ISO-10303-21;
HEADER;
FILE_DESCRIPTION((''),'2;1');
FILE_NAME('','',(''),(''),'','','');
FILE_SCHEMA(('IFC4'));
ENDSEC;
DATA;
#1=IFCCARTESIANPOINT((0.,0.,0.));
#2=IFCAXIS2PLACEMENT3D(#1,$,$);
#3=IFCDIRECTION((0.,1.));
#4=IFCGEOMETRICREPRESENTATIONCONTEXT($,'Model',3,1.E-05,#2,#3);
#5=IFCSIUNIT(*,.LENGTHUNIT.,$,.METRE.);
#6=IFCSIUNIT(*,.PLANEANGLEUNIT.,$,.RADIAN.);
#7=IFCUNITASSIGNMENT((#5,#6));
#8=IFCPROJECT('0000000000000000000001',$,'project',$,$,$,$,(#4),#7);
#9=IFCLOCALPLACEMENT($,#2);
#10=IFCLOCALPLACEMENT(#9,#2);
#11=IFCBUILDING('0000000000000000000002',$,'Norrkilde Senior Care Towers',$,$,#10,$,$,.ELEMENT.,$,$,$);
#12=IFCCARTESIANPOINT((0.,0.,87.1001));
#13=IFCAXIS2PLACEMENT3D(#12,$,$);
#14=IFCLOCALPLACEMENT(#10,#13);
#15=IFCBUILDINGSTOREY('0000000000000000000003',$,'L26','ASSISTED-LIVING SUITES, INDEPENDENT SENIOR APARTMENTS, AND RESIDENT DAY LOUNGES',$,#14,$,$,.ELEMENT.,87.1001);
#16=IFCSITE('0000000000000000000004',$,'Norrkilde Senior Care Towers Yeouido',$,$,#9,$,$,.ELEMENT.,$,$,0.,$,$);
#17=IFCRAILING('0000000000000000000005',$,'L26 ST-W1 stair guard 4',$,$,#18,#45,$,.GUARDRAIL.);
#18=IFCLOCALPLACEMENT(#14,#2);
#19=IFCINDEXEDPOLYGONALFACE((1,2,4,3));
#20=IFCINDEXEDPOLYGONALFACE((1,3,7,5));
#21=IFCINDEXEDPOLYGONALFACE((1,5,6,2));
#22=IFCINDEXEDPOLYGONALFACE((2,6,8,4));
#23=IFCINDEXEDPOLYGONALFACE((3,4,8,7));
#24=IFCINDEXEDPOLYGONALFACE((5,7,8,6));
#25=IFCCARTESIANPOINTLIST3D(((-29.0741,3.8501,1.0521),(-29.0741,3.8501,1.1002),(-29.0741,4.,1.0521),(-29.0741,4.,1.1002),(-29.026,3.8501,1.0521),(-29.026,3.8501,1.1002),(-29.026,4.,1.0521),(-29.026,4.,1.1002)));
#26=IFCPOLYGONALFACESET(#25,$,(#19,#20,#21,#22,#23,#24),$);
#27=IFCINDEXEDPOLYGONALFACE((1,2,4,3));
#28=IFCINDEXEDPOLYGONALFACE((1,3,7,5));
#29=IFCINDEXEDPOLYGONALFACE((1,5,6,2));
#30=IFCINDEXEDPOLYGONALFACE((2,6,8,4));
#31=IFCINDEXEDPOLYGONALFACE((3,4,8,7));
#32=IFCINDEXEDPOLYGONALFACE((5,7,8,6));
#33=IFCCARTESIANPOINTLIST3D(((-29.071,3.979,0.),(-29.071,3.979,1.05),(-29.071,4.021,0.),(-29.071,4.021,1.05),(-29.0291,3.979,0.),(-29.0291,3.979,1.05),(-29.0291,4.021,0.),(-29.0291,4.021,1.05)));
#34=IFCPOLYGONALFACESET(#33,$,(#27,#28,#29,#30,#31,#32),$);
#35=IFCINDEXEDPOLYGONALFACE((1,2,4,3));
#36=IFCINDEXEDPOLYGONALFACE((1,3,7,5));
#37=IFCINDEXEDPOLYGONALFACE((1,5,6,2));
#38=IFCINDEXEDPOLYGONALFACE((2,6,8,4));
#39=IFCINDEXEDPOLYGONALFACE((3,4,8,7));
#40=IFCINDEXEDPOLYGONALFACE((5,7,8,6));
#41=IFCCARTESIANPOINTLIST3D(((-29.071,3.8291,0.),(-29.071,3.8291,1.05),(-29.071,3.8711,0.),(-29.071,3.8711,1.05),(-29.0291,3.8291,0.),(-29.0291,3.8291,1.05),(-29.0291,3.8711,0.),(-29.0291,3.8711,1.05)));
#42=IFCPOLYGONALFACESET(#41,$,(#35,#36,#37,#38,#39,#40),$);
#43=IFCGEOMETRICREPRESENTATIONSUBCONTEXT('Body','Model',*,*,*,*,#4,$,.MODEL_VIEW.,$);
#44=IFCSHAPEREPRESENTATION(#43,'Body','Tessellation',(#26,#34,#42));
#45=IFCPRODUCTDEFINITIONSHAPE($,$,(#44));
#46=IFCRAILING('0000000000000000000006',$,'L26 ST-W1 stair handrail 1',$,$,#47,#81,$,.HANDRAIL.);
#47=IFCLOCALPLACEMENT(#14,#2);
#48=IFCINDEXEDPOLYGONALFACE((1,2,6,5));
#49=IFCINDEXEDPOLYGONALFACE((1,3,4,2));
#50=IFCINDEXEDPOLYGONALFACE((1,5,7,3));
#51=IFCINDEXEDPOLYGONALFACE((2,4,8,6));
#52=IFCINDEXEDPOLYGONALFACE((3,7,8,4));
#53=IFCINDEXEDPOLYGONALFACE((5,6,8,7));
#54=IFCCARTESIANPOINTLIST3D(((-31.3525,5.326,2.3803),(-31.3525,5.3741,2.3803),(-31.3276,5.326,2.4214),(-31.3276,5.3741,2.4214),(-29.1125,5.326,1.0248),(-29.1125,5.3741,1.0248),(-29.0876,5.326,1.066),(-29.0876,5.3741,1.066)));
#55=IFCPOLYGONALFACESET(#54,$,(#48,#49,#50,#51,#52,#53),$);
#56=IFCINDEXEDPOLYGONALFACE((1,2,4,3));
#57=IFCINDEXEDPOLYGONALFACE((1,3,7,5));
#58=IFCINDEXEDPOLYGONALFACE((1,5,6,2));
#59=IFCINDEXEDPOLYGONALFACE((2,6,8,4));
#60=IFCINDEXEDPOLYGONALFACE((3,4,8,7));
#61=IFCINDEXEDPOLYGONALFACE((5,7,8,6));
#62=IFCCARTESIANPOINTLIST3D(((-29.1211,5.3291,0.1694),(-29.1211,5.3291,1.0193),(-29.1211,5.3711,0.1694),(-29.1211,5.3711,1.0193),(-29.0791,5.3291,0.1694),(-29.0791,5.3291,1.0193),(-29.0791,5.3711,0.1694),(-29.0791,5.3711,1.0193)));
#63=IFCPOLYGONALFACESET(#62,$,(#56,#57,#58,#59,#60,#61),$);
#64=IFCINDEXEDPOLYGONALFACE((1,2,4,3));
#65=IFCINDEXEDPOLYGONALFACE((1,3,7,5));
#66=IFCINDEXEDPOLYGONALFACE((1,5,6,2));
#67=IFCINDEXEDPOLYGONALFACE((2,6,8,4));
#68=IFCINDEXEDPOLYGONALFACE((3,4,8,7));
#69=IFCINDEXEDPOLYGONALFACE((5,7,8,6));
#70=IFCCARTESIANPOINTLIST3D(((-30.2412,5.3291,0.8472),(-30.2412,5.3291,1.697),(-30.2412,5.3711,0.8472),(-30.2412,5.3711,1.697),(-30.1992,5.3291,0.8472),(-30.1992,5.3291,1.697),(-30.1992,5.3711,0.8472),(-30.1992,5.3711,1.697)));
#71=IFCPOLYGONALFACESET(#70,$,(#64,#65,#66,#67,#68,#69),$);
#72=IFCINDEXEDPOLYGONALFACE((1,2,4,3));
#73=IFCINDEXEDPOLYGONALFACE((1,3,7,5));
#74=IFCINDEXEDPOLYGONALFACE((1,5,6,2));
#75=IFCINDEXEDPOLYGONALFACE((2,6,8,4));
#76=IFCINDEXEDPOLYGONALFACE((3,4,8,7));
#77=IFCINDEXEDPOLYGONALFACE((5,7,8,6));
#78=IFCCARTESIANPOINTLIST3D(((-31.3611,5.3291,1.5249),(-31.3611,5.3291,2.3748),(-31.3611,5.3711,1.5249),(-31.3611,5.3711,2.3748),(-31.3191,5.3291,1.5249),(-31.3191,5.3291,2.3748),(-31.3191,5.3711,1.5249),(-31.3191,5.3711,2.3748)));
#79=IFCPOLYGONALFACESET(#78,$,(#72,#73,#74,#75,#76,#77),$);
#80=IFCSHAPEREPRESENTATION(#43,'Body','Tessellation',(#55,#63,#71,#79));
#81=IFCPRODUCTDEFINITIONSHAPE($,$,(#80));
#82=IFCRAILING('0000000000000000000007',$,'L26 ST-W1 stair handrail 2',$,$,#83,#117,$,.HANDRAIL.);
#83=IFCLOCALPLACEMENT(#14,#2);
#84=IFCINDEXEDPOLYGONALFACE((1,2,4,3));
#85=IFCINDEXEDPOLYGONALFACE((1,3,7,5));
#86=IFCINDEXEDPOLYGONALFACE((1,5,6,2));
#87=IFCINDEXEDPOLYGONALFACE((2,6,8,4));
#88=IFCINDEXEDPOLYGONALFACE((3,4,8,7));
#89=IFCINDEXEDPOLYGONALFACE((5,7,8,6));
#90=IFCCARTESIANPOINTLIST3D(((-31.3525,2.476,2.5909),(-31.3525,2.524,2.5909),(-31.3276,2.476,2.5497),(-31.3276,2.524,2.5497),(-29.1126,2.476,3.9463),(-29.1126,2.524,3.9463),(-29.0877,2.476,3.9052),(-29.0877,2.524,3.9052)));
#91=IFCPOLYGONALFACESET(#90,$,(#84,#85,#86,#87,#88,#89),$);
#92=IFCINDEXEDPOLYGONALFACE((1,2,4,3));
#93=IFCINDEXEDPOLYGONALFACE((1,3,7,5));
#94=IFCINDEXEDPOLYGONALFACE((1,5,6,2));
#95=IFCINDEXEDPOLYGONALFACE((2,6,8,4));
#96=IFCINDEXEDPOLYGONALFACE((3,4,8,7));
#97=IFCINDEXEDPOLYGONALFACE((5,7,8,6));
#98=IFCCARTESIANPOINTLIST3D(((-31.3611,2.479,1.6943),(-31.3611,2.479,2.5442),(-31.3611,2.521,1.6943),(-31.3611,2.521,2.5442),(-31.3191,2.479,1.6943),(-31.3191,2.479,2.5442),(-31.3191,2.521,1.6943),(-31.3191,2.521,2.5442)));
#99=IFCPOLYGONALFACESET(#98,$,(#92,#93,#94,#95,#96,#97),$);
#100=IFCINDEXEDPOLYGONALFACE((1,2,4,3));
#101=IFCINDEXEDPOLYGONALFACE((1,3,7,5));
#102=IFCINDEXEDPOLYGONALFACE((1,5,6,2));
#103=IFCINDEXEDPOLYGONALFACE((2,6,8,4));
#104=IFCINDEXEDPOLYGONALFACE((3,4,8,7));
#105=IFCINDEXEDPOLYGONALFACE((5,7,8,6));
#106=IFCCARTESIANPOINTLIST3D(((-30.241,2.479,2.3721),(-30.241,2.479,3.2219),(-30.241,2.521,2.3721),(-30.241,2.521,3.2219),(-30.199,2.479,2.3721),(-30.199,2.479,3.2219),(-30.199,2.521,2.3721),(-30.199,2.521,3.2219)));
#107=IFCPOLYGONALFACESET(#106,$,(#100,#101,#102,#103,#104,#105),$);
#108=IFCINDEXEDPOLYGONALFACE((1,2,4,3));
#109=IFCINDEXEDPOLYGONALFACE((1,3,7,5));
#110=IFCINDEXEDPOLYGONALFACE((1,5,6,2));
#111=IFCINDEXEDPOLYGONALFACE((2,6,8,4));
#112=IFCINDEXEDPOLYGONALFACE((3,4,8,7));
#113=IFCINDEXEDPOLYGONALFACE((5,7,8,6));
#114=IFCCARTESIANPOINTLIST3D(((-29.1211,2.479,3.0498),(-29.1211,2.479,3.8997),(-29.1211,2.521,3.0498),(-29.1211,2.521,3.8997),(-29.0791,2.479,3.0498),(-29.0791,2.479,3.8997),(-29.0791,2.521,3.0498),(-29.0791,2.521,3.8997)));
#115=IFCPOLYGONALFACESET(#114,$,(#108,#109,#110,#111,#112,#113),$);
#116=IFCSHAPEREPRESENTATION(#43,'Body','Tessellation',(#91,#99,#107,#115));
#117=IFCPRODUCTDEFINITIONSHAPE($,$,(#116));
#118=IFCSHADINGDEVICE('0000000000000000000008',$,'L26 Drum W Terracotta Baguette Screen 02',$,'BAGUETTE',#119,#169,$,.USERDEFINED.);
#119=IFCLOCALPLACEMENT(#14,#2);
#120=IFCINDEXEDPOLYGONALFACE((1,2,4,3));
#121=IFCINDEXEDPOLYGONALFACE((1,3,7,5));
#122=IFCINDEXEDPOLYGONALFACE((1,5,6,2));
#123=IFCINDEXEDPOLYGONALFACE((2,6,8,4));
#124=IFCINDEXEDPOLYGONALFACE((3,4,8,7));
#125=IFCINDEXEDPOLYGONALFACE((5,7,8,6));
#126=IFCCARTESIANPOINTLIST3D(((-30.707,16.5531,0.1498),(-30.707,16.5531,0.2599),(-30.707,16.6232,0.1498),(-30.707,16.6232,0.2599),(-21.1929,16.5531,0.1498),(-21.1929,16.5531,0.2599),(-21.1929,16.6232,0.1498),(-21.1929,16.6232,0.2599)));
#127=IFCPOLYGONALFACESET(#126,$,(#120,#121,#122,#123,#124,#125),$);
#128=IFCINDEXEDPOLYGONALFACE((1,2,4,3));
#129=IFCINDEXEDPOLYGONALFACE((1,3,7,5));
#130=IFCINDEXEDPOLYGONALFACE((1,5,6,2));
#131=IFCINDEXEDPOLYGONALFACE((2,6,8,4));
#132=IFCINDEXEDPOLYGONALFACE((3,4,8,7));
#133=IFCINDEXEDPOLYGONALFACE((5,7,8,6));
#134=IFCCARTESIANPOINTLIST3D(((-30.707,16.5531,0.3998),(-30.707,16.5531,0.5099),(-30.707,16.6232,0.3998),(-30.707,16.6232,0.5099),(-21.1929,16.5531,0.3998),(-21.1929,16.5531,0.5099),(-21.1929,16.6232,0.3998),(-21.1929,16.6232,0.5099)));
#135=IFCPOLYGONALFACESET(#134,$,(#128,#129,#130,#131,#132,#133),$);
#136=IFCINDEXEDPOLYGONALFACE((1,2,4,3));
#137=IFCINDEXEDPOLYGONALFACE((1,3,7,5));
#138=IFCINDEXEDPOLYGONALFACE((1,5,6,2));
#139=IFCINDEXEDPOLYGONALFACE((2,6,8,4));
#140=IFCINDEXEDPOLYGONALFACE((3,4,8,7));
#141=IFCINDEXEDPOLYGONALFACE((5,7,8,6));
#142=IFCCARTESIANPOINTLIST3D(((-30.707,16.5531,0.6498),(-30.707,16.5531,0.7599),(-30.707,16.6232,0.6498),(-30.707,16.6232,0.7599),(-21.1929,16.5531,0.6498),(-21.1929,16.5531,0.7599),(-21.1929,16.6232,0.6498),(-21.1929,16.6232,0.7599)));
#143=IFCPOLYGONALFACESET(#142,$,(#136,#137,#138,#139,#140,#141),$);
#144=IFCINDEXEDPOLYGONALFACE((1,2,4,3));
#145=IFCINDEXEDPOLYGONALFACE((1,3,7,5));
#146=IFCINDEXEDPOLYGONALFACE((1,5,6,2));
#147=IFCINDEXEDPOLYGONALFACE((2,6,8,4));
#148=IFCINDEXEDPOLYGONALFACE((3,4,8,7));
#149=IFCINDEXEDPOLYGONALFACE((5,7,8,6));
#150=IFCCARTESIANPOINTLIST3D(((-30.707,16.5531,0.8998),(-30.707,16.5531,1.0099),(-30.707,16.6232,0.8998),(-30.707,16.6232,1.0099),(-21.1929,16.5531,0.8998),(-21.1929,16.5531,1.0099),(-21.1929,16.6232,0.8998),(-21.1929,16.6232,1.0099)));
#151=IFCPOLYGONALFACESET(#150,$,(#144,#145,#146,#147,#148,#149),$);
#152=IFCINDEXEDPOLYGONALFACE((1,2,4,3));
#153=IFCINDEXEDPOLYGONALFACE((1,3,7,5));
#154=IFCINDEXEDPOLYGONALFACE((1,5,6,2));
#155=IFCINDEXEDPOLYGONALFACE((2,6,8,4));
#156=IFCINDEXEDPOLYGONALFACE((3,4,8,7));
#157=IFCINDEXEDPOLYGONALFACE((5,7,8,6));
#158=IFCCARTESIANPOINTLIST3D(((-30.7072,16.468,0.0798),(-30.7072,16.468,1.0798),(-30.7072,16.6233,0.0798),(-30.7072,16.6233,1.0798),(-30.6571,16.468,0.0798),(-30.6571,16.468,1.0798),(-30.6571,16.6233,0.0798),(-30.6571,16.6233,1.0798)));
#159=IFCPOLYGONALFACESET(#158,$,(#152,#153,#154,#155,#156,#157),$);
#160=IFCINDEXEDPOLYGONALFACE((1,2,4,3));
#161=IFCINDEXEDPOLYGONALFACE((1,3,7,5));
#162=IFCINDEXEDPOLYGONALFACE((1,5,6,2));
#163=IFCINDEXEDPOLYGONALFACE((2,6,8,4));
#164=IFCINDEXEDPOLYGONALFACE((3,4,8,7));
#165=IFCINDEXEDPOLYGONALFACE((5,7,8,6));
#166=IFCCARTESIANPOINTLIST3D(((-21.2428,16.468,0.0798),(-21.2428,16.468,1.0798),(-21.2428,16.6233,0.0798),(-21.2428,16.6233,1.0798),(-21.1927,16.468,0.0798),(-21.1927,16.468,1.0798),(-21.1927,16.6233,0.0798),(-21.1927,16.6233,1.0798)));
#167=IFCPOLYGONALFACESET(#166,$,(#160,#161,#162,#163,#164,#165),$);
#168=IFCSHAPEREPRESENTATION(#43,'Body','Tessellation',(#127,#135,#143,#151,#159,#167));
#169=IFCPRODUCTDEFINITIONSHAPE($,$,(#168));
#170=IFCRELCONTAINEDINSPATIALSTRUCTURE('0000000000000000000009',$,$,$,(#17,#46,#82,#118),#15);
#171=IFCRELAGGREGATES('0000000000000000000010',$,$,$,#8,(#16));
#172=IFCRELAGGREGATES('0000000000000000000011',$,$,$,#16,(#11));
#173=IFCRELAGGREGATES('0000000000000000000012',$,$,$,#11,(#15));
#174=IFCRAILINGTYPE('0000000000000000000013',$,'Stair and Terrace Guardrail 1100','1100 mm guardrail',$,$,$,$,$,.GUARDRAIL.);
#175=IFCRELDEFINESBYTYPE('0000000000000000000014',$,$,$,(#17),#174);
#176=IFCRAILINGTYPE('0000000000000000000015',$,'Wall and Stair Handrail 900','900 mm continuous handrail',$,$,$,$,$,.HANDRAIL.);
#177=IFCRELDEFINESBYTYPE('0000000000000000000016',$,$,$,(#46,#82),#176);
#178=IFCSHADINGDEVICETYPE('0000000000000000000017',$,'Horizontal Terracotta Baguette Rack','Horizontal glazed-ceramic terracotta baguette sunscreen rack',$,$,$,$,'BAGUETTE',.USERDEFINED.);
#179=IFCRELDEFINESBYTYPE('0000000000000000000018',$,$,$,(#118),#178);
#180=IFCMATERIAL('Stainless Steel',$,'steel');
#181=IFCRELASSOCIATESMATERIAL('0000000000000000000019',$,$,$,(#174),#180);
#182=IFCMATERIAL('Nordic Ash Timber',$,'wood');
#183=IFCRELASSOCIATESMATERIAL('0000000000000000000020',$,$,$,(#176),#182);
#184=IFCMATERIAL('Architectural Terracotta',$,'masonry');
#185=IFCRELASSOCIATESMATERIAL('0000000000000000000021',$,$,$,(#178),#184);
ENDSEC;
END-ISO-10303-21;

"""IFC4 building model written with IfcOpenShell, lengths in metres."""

from ifc_helpers import new_model, si_unit, direction, frame, origin, origin_2d, place, context, subcontext, project, spatial, rectangle, extrude, source, transform, mapped, material, type_object, type_shapes, element, save


model = new_model("IFC4")

# Units and contexts
model_context = context("Model", 3, precision=1e-05, world=origin(), true_north=direction((0.0, 1.0)))
body_context = subcontext(model_context, "Body", "Model", "MODEL_VIEW")
ifc_project = project(units=[si_unit("LENGTHUNIT", "METRE"), si_unit("PLANEANGLEUNIT", "RADIAN")], contexts=[model_context])

# Site, building, storey
site_placement = place(None, origin())
site = spatial("IfcSite", under=ifc_project, at=site_placement, Name="Norrkilde Senior Care Towers Yeouido", CompositionType="ELEMENT", RefElevation=0.0)
building_placement = place(site_placement, origin())
building = spatial("IfcBuilding", under=site, at=building_placement, Name="Norrkilde Senior Care Towers", CompositionType="ELEMENT")
storey_placement = place(building_placement, frame((0.0, 0.0, 87.1001)))
storey = spatial("IfcBuildingStorey", under=building, at=storey_placement, Name="L26", Description="ASSISTED-LIVING SUITES, INDEPENDENT SENIOR APARTMENTS, AND RESIDENT DAY LOUNGES", CompositionType="ELEMENT", Elevation=87.1001)

# Shared definitions
ifc_material_1 = material(Name="Nordic Ash Timber", Category="wood")

# Railings
ifc_material_2 = material(Name="Stainless Steel", Category="steel")
railing_type_1 = type_object("IfcRailingType", Name="Stair and Terrace Guardrail 1100", Description="1100 mm guardrail", PredefinedType="GUARDRAIL", material=ifc_material_2)
railing_1_placement = place(storey_placement, frame((-29.05, 4.0, 0.0)))
element("IfcRailing", 1, at=railing_1_placement, inside=storey, type_object=railing_type_1, Name="L26 ST-W1 stair guard 4", PredefinedType="GUARDRAIL", context=body_context, shape_type="SweptSolid", body=[
    extrude(rectangle(XDim=0.0481, YDim=0.0481, at=origin_2d()), frame((0.0, 0.0, 1.0762), z_axis=(0.0, -1.0, 0.0), x_axis=(1.0, 0.0, 0.0)), (0.0, 0.0, 1.0), 0.1499),
    extrude(rectangle(XDim=0.042, YDim=0.042, at=origin_2d()), origin(), (0.0, 0.0, 1.0), 1.05),
    extrude(rectangle(XDim=0.042, YDim=0.042, at=origin_2d()), frame((0.0, -0.1499, 0.0)), (0.0, 0.0, 1.0), 1.05),
])
railing_type_2 = type_object("IfcRailingType", Name="Wall and Stair Handrail 900", Description="900 mm continuous handrail", PredefinedType="HANDRAIL", material=ifc_material_1)
railing_2_placement = place(storey_placement, frame((-29.1001, 5.3501, 0.1694)))
element("IfcRailing", 2, at=railing_2_placement, inside=storey, type_object=railing_type_2, Name="L26 ST-W1 stair handrail 1", PredefinedType="HANDRAIL", context=body_context, shape_type="SweptSolid", body=[
    extrude(rectangle(XDim=0.0481, YDim=0.0481, at=origin_2d()), frame((0.0, 0.0, 0.876), z_axis=(-0.855553, 0.0, 0.517715), x_axis=(0.0, -1.0, 0.0)), (0.0, 0.0, 1.0), 2.6182),
    extrude(rectangle(XDim=0.042, YDim=0.042, at=origin_2d()), origin(), (0.0, 0.0, 1.0), 0.8499),
    extrude(rectangle(XDim=0.042, YDim=0.042, at=origin_2d()), frame((-1.1201, 0.0, 0.6777)), (0.0, 0.0, 1.0), 0.8499),
    extrude(rectangle(XDim=0.042, YDim=0.042, at=origin_2d()), frame((-2.24, 0.0, 1.3555)), (0.0, 0.0, 1.0), 0.8499),
])
railing_3_placement = place(storey_placement, frame((-31.3401, 2.5, 1.6943)))
element("IfcRailing", 3, at=railing_3_placement, inside=storey, type_object=railing_type_2, Name="L26 ST-W1 stair handrail 2", PredefinedType="HANDRAIL", context=body_context, shape_type="SweptSolid", body=[
    extrude(rectangle(XDim=0.0481, YDim=0.0481, at=origin_2d()), frame((0.0, 0.0, 0.876), z_axis=(0.855553, 0.0, 0.517715), x_axis=(0.0, 1.0, 0.0)), (0.0, 0.0, 1.0), 2.6182),
    extrude(rectangle(XDim=0.042, YDim=0.042, at=origin_2d()), origin(), (0.0, 0.0, 1.0), 0.8499),
    extrude(rectangle(XDim=0.042, YDim=0.042, at=origin_2d()), frame((1.1201, 0.0, 0.6777)), (0.0, 0.0, 1.0), 0.8499),
    extrude(rectangle(XDim=0.042, YDim=0.042, at=origin_2d()), frame((2.24, 0.0, 1.3555)), (0.0, 0.0, 1.0), 0.8499),
])

# Shading device
ifc_material_3 = material(Name="Architectural Terracotta", Category="masonry")
shading_device_type = type_object("IfcShadingDeviceType", Name="Horizontal Terracotta Baguette Rack", Description="Horizontal glazed-ceramic terracotta baguette sunscreen rack", ElementType="BAGUETTE", PredefinedType="USERDEFINED", material=ifc_material_3)
shared_shape_1 = source(origin(), body_context, "Body", "SweptSolid", [
    extrude(rectangle(XDim=0.0701, YDim=0.1101, at=origin_2d()), frame((0.0, 0.0901, 0.125), z_axis=(1.0, 0.0, 0.0), x_axis=(0.0, 1.0, 0.0)), (0.0, 0.0, 1.0), 9.5142),
    extrude(rectangle(XDim=0.0701, YDim=0.1101, at=origin_2d()), frame((0.0, 0.0901, 0.375), z_axis=(1.0, 0.0, 0.0), x_axis=(0.0, 1.0, 0.0)), (0.0, 0.0, 1.0), 9.5142),
    extrude(rectangle(XDim=0.0701, YDim=0.1101, at=origin_2d()), frame((0.0, 0.0901, 0.625), z_axis=(1.0, 0.0, 0.0), x_axis=(0.0, 1.0, 0.0)), (0.0, 0.0, 1.0), 9.5142),
    extrude(rectangle(XDim=0.0701, YDim=0.1101, at=origin_2d()), frame((0.0, 0.0901, 0.875), z_axis=(1.0, 0.0, 0.0), x_axis=(0.0, 1.0, 0.0)), (0.0, 0.0, 1.0), 9.5142),
    extrude(rectangle(XDim=0.05, YDim=0.1553, at=origin_2d()), frame((0.0249, 0.0476, 0.0)), (0.0, 0.0, 1.0), 1.0),
    extrude(rectangle(XDim=0.05, YDim=0.1553, at=origin_2d()), frame((9.4893, 0.0476, 0.0)), (0.0, 0.0, 1.0), 1.0),
])
type_shapes(shading_device_type, [shared_shape_1])
shading_device_placement = place(storey_placement, frame((-30.707, 16.498, 0.0798), z_axis=(0.0, 0.0, 1.0), x_axis=(1.0, 0.0, 0.0)))
element("IfcShadingDevice", 4, at=shading_device_placement, inside=storey, type_object=shading_device_type, Name="L26 Drum W Terracotta Baguette Screen 02", ObjectType="BAGUETTE", PredefinedType="USERDEFINED", context=body_context, shape_type="MappedRepresentation", body=[
    mapped(shared_shape_1, transform((0.0, 0.0, 0.0), x_axis=(1.0, 0.0, 0.0), y_axis=(0.0, 1.0, 0.0), z_axis=(0.0, 0.0, 1.0), scale=1.0)),
])

save(model, "model.ifc")
